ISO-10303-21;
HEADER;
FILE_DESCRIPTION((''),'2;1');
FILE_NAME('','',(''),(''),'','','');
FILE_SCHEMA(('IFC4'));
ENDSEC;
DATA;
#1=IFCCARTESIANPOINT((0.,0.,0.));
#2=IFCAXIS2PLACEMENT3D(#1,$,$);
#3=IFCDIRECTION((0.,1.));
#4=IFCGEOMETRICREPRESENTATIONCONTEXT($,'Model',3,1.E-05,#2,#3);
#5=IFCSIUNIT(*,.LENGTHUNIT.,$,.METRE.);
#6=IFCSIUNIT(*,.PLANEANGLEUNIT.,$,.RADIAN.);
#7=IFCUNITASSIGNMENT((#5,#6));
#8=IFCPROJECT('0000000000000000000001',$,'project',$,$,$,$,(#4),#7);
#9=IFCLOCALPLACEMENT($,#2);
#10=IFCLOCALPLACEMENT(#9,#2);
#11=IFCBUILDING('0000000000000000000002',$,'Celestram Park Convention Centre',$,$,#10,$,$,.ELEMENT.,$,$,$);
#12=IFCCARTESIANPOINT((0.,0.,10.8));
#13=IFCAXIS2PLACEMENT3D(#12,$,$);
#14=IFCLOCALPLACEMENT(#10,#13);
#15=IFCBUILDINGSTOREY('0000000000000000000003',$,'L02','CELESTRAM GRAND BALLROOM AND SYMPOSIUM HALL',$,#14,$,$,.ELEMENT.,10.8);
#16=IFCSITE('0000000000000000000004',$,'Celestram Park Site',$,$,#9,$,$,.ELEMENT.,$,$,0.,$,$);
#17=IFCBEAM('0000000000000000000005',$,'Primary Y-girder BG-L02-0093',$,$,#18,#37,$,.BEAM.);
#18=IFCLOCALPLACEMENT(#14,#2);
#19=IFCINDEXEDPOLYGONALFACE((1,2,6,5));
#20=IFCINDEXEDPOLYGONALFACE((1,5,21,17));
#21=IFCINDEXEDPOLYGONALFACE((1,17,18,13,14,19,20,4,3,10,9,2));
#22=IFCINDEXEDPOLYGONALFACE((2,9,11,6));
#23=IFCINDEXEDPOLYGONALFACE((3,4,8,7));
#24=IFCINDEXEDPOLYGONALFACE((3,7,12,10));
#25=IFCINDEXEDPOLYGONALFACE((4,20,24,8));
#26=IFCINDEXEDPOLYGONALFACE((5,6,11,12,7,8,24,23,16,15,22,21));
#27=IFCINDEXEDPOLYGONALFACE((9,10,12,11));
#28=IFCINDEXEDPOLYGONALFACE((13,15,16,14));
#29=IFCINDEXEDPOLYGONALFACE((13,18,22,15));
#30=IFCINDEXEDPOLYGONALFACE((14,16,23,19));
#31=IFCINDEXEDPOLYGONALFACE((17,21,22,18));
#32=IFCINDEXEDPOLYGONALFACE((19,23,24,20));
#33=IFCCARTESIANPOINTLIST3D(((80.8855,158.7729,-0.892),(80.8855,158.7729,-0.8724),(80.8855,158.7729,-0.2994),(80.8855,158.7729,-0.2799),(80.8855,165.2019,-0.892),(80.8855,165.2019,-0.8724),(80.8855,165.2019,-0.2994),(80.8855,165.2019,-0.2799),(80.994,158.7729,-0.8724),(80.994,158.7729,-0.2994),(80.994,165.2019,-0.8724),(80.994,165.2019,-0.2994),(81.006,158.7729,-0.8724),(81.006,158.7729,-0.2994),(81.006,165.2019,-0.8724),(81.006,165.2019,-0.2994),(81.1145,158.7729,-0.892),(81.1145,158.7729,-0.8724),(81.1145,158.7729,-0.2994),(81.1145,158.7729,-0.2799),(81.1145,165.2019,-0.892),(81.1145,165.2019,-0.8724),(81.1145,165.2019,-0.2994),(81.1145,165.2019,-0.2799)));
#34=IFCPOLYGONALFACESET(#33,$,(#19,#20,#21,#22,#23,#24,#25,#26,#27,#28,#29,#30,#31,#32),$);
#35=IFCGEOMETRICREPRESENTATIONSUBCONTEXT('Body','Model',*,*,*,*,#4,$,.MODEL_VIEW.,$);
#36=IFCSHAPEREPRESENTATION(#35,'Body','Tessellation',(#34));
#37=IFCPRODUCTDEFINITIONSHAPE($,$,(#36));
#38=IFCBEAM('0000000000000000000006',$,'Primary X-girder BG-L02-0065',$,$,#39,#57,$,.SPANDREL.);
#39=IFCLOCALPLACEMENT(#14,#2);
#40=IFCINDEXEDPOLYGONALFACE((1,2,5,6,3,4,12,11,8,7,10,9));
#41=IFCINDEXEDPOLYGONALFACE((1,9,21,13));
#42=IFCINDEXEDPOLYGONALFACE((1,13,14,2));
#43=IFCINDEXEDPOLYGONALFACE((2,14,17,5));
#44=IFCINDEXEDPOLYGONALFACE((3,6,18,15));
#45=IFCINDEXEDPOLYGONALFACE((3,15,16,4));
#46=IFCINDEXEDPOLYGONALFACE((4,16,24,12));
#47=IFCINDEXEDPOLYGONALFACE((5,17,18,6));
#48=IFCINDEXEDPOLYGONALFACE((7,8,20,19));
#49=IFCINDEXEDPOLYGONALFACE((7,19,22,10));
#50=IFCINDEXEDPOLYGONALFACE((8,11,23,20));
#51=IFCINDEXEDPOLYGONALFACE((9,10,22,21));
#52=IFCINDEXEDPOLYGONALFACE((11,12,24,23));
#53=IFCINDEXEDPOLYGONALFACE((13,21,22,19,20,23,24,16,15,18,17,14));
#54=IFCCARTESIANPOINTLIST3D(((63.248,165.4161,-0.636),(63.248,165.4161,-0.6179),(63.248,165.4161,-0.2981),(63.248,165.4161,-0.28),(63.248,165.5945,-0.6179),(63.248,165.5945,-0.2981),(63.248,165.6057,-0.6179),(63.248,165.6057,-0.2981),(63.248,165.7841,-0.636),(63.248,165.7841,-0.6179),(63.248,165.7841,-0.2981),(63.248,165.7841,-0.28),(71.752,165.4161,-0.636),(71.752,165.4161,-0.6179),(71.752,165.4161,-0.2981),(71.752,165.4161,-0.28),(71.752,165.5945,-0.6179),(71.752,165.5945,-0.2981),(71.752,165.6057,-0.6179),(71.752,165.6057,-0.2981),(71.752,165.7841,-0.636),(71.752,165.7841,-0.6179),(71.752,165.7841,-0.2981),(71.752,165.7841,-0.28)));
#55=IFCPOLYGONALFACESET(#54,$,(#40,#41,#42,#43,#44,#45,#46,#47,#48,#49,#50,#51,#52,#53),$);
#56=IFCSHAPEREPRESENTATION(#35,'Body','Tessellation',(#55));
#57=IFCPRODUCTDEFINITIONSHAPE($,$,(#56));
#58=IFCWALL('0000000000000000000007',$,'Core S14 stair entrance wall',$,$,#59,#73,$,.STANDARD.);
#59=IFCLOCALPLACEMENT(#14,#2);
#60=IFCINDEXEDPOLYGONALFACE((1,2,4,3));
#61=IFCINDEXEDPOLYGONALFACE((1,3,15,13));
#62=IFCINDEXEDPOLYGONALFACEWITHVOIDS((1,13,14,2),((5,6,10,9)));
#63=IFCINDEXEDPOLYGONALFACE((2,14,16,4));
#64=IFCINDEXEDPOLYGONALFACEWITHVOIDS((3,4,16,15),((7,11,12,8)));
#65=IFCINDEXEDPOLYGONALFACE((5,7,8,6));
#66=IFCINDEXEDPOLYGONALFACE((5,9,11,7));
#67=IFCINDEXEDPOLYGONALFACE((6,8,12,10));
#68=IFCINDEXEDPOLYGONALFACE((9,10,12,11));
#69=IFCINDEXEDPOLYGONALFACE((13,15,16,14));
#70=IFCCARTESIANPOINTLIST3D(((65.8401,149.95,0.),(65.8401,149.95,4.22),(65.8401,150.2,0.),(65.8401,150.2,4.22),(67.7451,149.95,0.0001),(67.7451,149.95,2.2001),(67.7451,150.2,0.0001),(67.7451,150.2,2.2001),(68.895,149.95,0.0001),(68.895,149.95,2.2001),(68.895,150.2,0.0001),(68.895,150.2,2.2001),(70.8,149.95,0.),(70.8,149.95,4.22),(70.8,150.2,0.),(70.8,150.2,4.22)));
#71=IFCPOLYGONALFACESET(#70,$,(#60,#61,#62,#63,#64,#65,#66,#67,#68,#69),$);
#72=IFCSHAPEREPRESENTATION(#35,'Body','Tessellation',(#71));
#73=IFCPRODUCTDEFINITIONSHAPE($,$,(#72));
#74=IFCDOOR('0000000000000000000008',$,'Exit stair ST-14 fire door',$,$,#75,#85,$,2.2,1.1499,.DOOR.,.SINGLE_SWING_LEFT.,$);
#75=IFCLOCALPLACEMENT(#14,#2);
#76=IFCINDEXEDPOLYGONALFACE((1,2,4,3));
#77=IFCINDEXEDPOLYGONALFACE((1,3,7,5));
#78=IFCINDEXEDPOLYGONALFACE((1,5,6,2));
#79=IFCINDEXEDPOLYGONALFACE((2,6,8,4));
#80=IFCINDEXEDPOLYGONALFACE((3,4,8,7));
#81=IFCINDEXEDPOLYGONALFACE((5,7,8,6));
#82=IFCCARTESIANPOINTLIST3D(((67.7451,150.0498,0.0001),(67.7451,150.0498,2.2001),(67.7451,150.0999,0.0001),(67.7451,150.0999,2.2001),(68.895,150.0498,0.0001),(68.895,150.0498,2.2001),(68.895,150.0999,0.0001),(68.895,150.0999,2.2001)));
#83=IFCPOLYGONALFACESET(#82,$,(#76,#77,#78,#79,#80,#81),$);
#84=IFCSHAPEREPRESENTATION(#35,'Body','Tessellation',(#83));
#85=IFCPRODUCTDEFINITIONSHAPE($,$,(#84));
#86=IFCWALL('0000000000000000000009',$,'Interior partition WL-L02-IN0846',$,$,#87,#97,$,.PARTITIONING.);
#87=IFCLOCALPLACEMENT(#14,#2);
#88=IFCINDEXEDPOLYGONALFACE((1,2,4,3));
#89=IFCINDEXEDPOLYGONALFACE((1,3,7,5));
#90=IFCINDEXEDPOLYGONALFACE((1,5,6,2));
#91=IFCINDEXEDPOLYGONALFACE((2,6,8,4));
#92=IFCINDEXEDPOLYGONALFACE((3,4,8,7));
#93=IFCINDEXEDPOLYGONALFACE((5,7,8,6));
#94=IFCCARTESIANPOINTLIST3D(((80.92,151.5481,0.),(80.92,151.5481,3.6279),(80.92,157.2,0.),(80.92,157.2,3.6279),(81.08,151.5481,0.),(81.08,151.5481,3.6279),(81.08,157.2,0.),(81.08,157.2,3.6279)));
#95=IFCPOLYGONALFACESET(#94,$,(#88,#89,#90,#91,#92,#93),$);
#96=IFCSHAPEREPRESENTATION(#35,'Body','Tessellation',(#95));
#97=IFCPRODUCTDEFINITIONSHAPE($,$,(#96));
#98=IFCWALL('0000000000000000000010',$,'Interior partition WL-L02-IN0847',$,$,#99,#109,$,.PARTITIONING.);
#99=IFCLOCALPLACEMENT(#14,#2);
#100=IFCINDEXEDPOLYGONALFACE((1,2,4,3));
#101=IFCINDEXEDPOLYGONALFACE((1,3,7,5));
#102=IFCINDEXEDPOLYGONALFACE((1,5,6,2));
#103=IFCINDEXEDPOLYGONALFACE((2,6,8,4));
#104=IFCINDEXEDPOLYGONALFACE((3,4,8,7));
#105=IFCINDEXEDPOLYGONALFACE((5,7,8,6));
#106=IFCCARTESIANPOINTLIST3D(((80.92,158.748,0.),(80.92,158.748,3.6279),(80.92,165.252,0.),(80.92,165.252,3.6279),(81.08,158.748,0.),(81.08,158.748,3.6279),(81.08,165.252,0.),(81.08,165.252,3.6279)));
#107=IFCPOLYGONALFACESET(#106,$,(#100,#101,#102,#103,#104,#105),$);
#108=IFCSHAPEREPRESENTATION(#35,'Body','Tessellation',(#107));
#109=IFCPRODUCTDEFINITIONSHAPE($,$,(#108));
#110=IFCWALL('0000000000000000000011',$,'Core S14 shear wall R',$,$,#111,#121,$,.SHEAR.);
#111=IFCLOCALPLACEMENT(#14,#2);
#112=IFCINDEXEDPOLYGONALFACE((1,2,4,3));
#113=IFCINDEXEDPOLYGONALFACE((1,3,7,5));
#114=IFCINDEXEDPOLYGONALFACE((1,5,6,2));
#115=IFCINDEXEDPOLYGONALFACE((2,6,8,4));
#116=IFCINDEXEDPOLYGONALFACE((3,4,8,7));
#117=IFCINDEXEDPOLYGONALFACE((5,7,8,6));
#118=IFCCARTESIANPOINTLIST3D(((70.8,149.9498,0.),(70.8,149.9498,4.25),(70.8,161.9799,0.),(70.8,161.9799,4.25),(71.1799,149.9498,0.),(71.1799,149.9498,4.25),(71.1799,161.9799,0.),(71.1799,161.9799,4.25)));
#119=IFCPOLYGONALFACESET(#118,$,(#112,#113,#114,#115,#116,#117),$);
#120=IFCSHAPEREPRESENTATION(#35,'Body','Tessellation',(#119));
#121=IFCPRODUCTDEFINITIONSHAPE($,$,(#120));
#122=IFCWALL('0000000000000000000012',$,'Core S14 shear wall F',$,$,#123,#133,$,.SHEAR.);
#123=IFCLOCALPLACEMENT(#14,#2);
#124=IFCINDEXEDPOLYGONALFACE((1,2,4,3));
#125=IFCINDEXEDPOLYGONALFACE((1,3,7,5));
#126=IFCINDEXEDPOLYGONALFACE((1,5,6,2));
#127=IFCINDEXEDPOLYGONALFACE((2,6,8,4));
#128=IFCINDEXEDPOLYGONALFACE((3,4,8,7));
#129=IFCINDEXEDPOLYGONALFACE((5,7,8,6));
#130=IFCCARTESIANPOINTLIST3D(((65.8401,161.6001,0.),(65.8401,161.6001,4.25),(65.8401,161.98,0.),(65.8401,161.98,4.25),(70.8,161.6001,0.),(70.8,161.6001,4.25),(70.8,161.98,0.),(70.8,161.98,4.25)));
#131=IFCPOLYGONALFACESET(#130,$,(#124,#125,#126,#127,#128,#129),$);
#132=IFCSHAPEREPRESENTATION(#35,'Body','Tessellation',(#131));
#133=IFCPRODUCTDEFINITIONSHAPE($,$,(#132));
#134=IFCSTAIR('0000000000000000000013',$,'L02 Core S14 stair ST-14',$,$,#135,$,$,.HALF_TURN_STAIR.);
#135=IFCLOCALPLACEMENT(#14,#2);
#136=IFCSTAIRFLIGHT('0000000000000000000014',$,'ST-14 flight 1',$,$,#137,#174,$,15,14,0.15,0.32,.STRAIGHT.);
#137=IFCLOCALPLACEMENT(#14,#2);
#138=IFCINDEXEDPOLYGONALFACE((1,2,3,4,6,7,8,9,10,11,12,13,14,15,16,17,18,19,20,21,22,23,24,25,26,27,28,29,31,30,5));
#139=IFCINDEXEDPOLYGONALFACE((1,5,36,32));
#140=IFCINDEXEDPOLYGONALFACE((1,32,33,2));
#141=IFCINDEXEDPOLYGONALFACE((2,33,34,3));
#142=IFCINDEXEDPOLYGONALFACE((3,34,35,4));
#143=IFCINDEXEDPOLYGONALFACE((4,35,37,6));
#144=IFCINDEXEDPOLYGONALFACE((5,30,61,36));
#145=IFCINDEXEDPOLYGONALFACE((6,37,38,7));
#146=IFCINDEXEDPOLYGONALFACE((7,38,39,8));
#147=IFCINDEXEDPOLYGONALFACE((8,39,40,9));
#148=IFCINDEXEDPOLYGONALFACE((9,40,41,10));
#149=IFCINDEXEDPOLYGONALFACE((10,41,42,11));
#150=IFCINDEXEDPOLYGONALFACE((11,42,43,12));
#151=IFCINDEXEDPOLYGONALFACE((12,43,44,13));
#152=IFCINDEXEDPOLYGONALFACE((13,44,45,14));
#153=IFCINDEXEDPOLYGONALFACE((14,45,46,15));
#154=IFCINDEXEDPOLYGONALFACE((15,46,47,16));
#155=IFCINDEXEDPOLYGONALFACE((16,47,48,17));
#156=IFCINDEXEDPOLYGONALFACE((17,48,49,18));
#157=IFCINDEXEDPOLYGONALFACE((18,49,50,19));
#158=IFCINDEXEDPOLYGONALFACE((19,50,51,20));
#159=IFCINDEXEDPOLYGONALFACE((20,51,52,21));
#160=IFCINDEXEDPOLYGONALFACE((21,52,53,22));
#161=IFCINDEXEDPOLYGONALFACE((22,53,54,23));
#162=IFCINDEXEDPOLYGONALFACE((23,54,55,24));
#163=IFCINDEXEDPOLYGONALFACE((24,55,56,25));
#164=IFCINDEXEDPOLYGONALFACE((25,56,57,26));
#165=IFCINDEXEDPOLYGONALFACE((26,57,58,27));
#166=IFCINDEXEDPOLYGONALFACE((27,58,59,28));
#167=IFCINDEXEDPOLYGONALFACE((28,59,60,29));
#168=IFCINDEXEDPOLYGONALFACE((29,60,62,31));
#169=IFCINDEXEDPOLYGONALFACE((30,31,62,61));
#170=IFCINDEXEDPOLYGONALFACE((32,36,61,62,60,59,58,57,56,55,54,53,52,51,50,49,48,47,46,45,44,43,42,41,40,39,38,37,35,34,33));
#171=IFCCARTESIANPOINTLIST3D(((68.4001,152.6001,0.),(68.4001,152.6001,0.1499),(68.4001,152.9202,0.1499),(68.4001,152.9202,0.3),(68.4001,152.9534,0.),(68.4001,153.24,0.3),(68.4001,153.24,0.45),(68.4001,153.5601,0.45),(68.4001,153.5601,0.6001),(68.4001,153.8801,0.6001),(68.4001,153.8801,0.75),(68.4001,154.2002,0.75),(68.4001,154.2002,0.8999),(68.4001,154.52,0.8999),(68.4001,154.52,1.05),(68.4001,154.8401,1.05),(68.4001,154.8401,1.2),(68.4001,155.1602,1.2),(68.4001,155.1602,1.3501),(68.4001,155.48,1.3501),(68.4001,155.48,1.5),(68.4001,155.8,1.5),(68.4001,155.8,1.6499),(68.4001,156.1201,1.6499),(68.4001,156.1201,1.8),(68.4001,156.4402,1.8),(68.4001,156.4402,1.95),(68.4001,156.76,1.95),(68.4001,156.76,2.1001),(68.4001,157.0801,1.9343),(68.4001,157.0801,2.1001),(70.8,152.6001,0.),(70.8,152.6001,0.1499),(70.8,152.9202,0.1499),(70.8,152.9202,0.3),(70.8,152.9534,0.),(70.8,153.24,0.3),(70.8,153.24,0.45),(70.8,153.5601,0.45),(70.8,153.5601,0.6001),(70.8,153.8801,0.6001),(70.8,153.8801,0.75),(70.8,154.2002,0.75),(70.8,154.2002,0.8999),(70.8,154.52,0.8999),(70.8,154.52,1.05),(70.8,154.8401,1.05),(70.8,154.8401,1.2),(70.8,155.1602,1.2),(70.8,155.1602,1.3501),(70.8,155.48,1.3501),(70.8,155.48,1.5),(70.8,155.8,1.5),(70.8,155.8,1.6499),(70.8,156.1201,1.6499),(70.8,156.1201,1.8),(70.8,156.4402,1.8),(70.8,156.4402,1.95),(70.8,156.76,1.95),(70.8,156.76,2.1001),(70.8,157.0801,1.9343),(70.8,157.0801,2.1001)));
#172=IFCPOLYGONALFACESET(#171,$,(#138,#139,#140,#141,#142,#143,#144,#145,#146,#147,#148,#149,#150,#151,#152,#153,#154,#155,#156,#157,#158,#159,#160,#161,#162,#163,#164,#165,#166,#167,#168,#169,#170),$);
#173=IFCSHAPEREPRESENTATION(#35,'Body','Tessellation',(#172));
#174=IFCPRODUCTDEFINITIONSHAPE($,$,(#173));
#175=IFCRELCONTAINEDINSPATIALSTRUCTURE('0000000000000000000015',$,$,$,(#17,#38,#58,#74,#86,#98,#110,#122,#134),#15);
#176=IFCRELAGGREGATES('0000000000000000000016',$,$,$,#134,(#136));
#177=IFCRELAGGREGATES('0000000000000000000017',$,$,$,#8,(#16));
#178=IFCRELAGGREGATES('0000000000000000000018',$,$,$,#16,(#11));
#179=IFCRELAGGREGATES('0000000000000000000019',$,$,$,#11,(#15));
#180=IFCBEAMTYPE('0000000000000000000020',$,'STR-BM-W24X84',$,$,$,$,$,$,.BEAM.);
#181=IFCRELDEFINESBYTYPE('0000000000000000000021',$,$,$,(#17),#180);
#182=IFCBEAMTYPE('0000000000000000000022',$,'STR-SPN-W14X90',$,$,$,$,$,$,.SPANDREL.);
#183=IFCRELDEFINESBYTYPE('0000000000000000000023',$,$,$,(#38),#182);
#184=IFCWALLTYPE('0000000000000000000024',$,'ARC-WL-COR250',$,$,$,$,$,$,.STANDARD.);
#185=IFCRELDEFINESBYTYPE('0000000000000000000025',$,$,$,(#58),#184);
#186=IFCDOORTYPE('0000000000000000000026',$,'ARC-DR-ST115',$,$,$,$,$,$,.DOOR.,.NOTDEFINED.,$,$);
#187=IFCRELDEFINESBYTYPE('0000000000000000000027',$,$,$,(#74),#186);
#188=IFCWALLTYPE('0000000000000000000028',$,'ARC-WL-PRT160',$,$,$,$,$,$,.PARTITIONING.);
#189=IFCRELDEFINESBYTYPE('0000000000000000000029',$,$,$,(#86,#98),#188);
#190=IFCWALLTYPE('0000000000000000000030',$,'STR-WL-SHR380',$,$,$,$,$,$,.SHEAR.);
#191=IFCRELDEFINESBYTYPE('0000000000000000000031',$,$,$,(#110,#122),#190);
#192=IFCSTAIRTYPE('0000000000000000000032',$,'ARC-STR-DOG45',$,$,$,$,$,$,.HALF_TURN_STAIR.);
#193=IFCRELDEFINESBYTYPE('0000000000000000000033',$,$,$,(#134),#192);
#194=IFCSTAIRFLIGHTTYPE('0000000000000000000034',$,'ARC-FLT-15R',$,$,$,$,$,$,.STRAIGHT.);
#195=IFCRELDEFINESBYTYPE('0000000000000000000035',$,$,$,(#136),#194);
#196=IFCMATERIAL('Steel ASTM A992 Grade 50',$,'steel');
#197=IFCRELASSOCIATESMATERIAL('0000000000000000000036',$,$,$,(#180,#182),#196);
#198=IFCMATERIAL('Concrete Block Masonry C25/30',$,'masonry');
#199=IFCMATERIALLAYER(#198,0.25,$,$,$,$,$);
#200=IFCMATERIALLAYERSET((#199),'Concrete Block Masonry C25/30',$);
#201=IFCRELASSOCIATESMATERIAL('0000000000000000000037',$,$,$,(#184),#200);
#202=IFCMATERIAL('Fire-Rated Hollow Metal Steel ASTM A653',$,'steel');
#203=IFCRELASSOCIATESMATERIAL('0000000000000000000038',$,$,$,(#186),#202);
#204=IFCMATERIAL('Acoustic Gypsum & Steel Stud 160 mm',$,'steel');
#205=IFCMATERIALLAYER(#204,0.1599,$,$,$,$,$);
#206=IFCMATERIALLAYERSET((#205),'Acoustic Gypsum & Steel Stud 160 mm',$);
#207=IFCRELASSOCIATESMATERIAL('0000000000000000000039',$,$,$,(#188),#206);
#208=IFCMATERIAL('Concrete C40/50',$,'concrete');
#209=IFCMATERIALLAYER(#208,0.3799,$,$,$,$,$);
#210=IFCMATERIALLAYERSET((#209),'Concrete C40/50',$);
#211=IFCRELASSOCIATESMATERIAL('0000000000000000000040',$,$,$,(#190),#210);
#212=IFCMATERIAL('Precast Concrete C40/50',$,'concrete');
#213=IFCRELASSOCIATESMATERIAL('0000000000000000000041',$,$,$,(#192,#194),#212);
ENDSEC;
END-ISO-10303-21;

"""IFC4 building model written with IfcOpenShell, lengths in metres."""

from ifc_helpers import new_model, si_unit, direction, frame, frame_2d, origin, origin_2d, place, context, subcontext, project, spatial, polyline, rectangle, i_section, outline, extrude, material, layer, layer_set, material_profile, profile_set, type_object, element, fill, aggregate, save


model = new_model("IFC4")

# Units and contexts
model_context = context("Model", 3, precision=1e-05, world=origin(), true_north=direction((0.0, 1.0)))
body_context = subcontext(model_context, "Body", "Model", "MODEL_VIEW")
ifc_project = project(units=[si_unit("LENGTHUNIT", "METRE"), si_unit("PLANEANGLEUNIT", "RADIAN")], contexts=[model_context])

# Site, building, storey
site_placement = place(None, origin())
site = spatial("IfcSite", under=ifc_project, at=site_placement, Name="Celestram Park Site", CompositionType="ELEMENT", RefElevation=0.0)
building_placement = place(site_placement, origin())
building = spatial("IfcBuilding", under=site, at=building_placement, Name="Celestram Park Convention Centre", CompositionType="ELEMENT")
storey_placement = place(building_placement, frame((0.0, 0.0, 10.8)))
storey = spatial("IfcBuildingStorey", under=building, at=storey_placement, Name="L02", Description="CELESTRAM GRAND BALLROOM AND SYMPOSIUM HALL", CompositionType="ELEMENT", Elevation=10.8)

# Shared definitions
ifc_material_1 = material(Name="Concrete C40/50", Category="concrete")

# Beams
ifc_material_2 = material(Name="Steel ASTM A992 Grade 50", Category="steel")
ifc_material_profile_1 = material_profile(ifc_material_2, i_section(OverallWidth=0.229, OverallDepth=0.6121, WebThickness=0.012, FlangeThickness=0.0195, at=origin_2d()), Name="W24X84")
ifc_profile_set_1 = profile_set([ifc_material_profile_1], Name="Steel ASTM A992 Grade 50")
beam_type_1 = type_object("IfcBeamType", Name="STR-BM-W24X84", PredefinedType="BEAM", material=ifc_profile_set_1)
beam_1_placement = place(storey_placement, frame((81.0, 158.7729, -0.5859), z_axis=(0.0, 1.0, 0.0), x_axis=(-1.0, 0.0, 0.0)))
element("IfcBeam", 1, at=beam_1_placement, inside=storey, type_object=beam_type_1, Name="Primary Y-girder BG-L02-0093", PredefinedType="BEAM", context=body_context, shape_type="SweptSolid", body=[
    extrude(i_section(OverallWidth=0.229, OverallDepth=0.6121, WebThickness=0.012, FlangeThickness=0.0195, at=origin_2d()), origin(), (0.0, 0.0, 1.0), 6.429),
])
ifc_material_profile_2 = material_profile(ifc_material_2, i_section(OverallWidth=0.3679, OverallDepth=0.356, WebThickness=0.0112, FlangeThickness=0.0181, at=origin_2d()), Name="W14X90")
ifc_profile_set_2 = profile_set([ifc_material_profile_2], Name="Steel ASTM A992 Grade 50")
beam_type_2 = type_object("IfcBeamType", Name="STR-SPN-W14X90", PredefinedType="SPANDREL", material=ifc_profile_set_2)
beam_2_placement = place(storey_placement, frame((63.248, 165.6001, -0.458), z_axis=(1.0, 0.0, 0.0), x_axis=(0.0, 1.0, 0.0)))
element("IfcBeam", 2, at=beam_2_placement, inside=storey, type_object=beam_type_2, Name="Primary X-girder BG-L02-0065", PredefinedType="SPANDREL", context=body_context, shape_type="SweptSolid", body=[
    extrude(i_section(OverallWidth=0.3679, OverallDepth=0.356, WebThickness=0.0112, FlangeThickness=0.0181, at=origin_2d()), origin(), (0.0, 0.0, 1.0), 8.5039),
])

# Wall, opening, door
ifc_material_3 = material(Name="Concrete Block Masonry C25/30", Category="masonry")
ifc_layer_1 = layer(ifc_material_3, 0.25)
ifc_layer_set_1 = layer_set([ifc_layer_1], Name="Concrete Block Masonry C25/30")
wall_type_1 = type_object("IfcWallType", Name="ARC-WL-COR250", PredefinedType="STANDARD", material=ifc_layer_set_1)
wall_1_placement = place(storey_placement, frame((65.8401, 150.075, 0.0), z_axis=(0.0, 0.0, 1.0), x_axis=(1.0, 0.0, 0.0)))
wall_1 = element("IfcWall", 3, at=wall_1_placement, inside=storey, type_object=wall_type_1, Name="Core S14 stair entrance wall", PredefinedType="STANDARD", context=body_context, shape_type="SweptSolid", body=[
    extrude(rectangle(XDim=4.96, YDim=0.25, at=frame_2d((2.48, 0.0))), origin(), (0.0, 0.0, 1.0), 4.22),
])
opening_placement = place(wall_1_placement, frame((1.905, 0.0, 0.0)))
opening = element("IfcOpeningElement", 4, at=opening_placement, cuts=wall_1, PredefinedType="OPENING", context=body_context, shape_type="SweptSolid", body=[
    extrude(rectangle(XDim=1.1499, YDim=2.2, at=frame_2d((0.575, 1.1001))), frame((0.0, 0.135, 0.0), z_axis=(0.0, -1.0, 0.0), x_axis=(1.0, 0.0, 0.0)), (0.0, 0.0, 1.0), 0.27),
])
ifc_material_4 = material(Name="Fire-Rated Hollow Metal Steel ASTM A653", Category="steel")
door_type = type_object("IfcDoorType", Name="ARC-DR-ST115", OperationType="NOTDEFINED", PredefinedType="DOOR", material=ifc_material_4)
door_placement = place(opening_placement, origin())
door = element("IfcDoor", 5, at=door_placement, inside=storey, type_object=door_type, Name="Exit stair ST-14 fire door", OperationType="SINGLE_SWING_LEFT", OverallHeight=2.2, OverallWidth=1.1499, PredefinedType="DOOR", context=body_context, shape_type="SweptSolid", body=[
    extrude(rectangle(XDim=1.1499, YDim=2.2, at=frame_2d((0.575, 1.1001))), frame((0.0, 0.0249, 0.0), z_axis=(0.0, -1.0, 0.0), x_axis=(1.0, 0.0, 0.0)), (0.0, 0.0, 1.0), 0.05),
])
fill(opening, door)

# Walls
ifc_material_5 = material(Name="Acoustic Gypsum & Steel Stud 160 mm", Category="steel")
ifc_layer_2 = layer(ifc_material_5, 0.1599)
ifc_layer_set_2 = layer_set([ifc_layer_2], Name="Acoustic Gypsum & Steel Stud 160 mm")
wall_type_2 = type_object("IfcWallType", Name="ARC-WL-PRT160", PredefinedType="PARTITIONING", material=ifc_layer_set_2)
wall_2_placement = place(storey_placement, frame((81.0, 151.5481, 0.0), z_axis=(0.0, 0.0, 1.0), x_axis=(0.0, 1.0, 0.0)))
element("IfcWall", 6, at=wall_2_placement, inside=storey, type_object=wall_type_2, Name="Interior partition WL-L02-IN0846", PredefinedType="PARTITIONING", context=body_context, shape_type="SweptSolid", body=[
    extrude(rectangle(XDim=5.6519, YDim=0.1599, at=frame_2d((2.8259, 0.0))), origin(), (0.0, 0.0, 1.0), 3.6279),
])
wall_3_placement = place(storey_placement, frame((81.0, 158.748, 0.0), z_axis=(0.0, 0.0, 1.0), x_axis=(0.0, 1.0, 0.0)))
element("IfcWall", 7, at=wall_3_placement, inside=storey, type_object=wall_type_2, Name="Interior partition WL-L02-IN0847", PredefinedType="PARTITIONING", context=body_context, shape_type="SweptSolid", body=[
    extrude(rectangle(XDim=6.5039, YDim=0.1599, at=frame_2d((3.252, 0.0))), origin(), (0.0, 0.0, 1.0), 3.6279),
])
ifc_layer_3 = layer(ifc_material_1, 0.3799)
ifc_layer_set_3 = layer_set([ifc_layer_3], Name="Concrete C40/50")
wall_type_3 = type_object("IfcWallType", Name="STR-WL-SHR380", PredefinedType="SHEAR", material=ifc_layer_set_3)
wall_4_placement = place(storey_placement, frame((70.99, 161.98, 0.0), z_axis=(0.0, 0.0, 1.0), x_axis=(0.0, -1.0, 0.0)))
element("IfcWall", 8, at=wall_4_placement, inside=storey, type_object=wall_type_3, Name="Core S14 shear wall R", PredefinedType="SHEAR", context=body_context, shape_type="SweptSolid", body=[
    extrude(rectangle(XDim=12.03, YDim=0.3799, at=frame_2d((6.0151, 0.0))), origin(), (0.0, 0.0, 1.0), 4.25),
])
wall_5_placement = place(storey_placement, frame((65.8401, 161.79, 0.0), z_axis=(0.0, 0.0, 1.0), x_axis=(1.0, 0.0, 0.0)))
element("IfcWall", 9, at=wall_5_placement, inside=storey, type_object=wall_type_3, Name="Core S14 shear wall F", PredefinedType="SHEAR", context=body_context, shape_type="SweptSolid", body=[
    extrude(rectangle(XDim=4.96, YDim=0.3799, at=frame_2d((2.48, 0.0))), origin(), (0.0, 0.0, 1.0), 4.25),
])

# Stair, stair flight
ifc_material_6 = material(Name="Precast Concrete C40/50", Category="concrete")
stair_type = type_object("IfcStairType", Name="ARC-STR-DOG45", PredefinedType="HALF_TURN_STAIR", material=ifc_material_6)
stair_placement = place(storey_placement, origin())
stair = element("IfcStair", 10, at=stair_placement, inside=storey, type_object=stair_type, Name="L02 Core S14 stair ST-14", PredefinedType="HALF_TURN_STAIR")
stair_flight_type = type_object("IfcStairFlightType", Name="ARC-FLT-15R", PredefinedType="STRAIGHT", material=ifc_material_6)
stair_flight_1_placement = place(storey_placement, frame((69.6001, 152.6001, 0.0), z_axis=(0.0, 0.0, 1.0), x_axis=(0.0, 1.0, 0.0)))
stair_flight_1 = element("IfcStairFlight", 11, at=stair_flight_1_placement, type_object=stair_flight_type, Name="ST-14 flight 1", NumberOfRisers=15, NumberOfTreads=14, PredefinedType="STRAIGHT", RiserHeight=0.15, TreadLength=0.32, context=body_context, shape_type="SweptSolid", body=[
    extrude(outline(polyline([(0.0, 0.0), (0.0, 0.1499), (0.3201, 0.1499), (0.3201, 0.3), (0.6399, 0.3), (0.6399, 0.45), (0.96, 0.45), (0.96, 0.6001), (1.28, 0.6001), (1.28, 0.75), (1.6001, 0.75), (1.6001, 0.8999), (1.9199, 0.8999), (1.9199, 1.05), (2.24, 1.05), (2.24, 1.2), (2.5601, 1.2), (2.5601, 1.3501), (2.8799, 1.3501), (2.8799, 1.5), (3.2, 1.5), (3.2, 1.6499), (3.52, 1.6499), (3.52, 1.8), (3.8401, 1.8), (3.8401, 1.95), (4.1599, 1.95), (4.1599, 2.1001), (4.48, 2.1001), (4.48, 2.25), (4.48, 1.9343), (0.3533, 0.0), (0.0, 0.0)])), frame((0.0, 1.2, 0.0), z_axis=(0.0, -1.0, 0.0), x_axis=(1.0, 0.0, 0.0)), (0.0, 0.0, 1.0), 2.3999),
])
aggregate(stair, [stair_flight_1])

save(model, "model.ifc")
